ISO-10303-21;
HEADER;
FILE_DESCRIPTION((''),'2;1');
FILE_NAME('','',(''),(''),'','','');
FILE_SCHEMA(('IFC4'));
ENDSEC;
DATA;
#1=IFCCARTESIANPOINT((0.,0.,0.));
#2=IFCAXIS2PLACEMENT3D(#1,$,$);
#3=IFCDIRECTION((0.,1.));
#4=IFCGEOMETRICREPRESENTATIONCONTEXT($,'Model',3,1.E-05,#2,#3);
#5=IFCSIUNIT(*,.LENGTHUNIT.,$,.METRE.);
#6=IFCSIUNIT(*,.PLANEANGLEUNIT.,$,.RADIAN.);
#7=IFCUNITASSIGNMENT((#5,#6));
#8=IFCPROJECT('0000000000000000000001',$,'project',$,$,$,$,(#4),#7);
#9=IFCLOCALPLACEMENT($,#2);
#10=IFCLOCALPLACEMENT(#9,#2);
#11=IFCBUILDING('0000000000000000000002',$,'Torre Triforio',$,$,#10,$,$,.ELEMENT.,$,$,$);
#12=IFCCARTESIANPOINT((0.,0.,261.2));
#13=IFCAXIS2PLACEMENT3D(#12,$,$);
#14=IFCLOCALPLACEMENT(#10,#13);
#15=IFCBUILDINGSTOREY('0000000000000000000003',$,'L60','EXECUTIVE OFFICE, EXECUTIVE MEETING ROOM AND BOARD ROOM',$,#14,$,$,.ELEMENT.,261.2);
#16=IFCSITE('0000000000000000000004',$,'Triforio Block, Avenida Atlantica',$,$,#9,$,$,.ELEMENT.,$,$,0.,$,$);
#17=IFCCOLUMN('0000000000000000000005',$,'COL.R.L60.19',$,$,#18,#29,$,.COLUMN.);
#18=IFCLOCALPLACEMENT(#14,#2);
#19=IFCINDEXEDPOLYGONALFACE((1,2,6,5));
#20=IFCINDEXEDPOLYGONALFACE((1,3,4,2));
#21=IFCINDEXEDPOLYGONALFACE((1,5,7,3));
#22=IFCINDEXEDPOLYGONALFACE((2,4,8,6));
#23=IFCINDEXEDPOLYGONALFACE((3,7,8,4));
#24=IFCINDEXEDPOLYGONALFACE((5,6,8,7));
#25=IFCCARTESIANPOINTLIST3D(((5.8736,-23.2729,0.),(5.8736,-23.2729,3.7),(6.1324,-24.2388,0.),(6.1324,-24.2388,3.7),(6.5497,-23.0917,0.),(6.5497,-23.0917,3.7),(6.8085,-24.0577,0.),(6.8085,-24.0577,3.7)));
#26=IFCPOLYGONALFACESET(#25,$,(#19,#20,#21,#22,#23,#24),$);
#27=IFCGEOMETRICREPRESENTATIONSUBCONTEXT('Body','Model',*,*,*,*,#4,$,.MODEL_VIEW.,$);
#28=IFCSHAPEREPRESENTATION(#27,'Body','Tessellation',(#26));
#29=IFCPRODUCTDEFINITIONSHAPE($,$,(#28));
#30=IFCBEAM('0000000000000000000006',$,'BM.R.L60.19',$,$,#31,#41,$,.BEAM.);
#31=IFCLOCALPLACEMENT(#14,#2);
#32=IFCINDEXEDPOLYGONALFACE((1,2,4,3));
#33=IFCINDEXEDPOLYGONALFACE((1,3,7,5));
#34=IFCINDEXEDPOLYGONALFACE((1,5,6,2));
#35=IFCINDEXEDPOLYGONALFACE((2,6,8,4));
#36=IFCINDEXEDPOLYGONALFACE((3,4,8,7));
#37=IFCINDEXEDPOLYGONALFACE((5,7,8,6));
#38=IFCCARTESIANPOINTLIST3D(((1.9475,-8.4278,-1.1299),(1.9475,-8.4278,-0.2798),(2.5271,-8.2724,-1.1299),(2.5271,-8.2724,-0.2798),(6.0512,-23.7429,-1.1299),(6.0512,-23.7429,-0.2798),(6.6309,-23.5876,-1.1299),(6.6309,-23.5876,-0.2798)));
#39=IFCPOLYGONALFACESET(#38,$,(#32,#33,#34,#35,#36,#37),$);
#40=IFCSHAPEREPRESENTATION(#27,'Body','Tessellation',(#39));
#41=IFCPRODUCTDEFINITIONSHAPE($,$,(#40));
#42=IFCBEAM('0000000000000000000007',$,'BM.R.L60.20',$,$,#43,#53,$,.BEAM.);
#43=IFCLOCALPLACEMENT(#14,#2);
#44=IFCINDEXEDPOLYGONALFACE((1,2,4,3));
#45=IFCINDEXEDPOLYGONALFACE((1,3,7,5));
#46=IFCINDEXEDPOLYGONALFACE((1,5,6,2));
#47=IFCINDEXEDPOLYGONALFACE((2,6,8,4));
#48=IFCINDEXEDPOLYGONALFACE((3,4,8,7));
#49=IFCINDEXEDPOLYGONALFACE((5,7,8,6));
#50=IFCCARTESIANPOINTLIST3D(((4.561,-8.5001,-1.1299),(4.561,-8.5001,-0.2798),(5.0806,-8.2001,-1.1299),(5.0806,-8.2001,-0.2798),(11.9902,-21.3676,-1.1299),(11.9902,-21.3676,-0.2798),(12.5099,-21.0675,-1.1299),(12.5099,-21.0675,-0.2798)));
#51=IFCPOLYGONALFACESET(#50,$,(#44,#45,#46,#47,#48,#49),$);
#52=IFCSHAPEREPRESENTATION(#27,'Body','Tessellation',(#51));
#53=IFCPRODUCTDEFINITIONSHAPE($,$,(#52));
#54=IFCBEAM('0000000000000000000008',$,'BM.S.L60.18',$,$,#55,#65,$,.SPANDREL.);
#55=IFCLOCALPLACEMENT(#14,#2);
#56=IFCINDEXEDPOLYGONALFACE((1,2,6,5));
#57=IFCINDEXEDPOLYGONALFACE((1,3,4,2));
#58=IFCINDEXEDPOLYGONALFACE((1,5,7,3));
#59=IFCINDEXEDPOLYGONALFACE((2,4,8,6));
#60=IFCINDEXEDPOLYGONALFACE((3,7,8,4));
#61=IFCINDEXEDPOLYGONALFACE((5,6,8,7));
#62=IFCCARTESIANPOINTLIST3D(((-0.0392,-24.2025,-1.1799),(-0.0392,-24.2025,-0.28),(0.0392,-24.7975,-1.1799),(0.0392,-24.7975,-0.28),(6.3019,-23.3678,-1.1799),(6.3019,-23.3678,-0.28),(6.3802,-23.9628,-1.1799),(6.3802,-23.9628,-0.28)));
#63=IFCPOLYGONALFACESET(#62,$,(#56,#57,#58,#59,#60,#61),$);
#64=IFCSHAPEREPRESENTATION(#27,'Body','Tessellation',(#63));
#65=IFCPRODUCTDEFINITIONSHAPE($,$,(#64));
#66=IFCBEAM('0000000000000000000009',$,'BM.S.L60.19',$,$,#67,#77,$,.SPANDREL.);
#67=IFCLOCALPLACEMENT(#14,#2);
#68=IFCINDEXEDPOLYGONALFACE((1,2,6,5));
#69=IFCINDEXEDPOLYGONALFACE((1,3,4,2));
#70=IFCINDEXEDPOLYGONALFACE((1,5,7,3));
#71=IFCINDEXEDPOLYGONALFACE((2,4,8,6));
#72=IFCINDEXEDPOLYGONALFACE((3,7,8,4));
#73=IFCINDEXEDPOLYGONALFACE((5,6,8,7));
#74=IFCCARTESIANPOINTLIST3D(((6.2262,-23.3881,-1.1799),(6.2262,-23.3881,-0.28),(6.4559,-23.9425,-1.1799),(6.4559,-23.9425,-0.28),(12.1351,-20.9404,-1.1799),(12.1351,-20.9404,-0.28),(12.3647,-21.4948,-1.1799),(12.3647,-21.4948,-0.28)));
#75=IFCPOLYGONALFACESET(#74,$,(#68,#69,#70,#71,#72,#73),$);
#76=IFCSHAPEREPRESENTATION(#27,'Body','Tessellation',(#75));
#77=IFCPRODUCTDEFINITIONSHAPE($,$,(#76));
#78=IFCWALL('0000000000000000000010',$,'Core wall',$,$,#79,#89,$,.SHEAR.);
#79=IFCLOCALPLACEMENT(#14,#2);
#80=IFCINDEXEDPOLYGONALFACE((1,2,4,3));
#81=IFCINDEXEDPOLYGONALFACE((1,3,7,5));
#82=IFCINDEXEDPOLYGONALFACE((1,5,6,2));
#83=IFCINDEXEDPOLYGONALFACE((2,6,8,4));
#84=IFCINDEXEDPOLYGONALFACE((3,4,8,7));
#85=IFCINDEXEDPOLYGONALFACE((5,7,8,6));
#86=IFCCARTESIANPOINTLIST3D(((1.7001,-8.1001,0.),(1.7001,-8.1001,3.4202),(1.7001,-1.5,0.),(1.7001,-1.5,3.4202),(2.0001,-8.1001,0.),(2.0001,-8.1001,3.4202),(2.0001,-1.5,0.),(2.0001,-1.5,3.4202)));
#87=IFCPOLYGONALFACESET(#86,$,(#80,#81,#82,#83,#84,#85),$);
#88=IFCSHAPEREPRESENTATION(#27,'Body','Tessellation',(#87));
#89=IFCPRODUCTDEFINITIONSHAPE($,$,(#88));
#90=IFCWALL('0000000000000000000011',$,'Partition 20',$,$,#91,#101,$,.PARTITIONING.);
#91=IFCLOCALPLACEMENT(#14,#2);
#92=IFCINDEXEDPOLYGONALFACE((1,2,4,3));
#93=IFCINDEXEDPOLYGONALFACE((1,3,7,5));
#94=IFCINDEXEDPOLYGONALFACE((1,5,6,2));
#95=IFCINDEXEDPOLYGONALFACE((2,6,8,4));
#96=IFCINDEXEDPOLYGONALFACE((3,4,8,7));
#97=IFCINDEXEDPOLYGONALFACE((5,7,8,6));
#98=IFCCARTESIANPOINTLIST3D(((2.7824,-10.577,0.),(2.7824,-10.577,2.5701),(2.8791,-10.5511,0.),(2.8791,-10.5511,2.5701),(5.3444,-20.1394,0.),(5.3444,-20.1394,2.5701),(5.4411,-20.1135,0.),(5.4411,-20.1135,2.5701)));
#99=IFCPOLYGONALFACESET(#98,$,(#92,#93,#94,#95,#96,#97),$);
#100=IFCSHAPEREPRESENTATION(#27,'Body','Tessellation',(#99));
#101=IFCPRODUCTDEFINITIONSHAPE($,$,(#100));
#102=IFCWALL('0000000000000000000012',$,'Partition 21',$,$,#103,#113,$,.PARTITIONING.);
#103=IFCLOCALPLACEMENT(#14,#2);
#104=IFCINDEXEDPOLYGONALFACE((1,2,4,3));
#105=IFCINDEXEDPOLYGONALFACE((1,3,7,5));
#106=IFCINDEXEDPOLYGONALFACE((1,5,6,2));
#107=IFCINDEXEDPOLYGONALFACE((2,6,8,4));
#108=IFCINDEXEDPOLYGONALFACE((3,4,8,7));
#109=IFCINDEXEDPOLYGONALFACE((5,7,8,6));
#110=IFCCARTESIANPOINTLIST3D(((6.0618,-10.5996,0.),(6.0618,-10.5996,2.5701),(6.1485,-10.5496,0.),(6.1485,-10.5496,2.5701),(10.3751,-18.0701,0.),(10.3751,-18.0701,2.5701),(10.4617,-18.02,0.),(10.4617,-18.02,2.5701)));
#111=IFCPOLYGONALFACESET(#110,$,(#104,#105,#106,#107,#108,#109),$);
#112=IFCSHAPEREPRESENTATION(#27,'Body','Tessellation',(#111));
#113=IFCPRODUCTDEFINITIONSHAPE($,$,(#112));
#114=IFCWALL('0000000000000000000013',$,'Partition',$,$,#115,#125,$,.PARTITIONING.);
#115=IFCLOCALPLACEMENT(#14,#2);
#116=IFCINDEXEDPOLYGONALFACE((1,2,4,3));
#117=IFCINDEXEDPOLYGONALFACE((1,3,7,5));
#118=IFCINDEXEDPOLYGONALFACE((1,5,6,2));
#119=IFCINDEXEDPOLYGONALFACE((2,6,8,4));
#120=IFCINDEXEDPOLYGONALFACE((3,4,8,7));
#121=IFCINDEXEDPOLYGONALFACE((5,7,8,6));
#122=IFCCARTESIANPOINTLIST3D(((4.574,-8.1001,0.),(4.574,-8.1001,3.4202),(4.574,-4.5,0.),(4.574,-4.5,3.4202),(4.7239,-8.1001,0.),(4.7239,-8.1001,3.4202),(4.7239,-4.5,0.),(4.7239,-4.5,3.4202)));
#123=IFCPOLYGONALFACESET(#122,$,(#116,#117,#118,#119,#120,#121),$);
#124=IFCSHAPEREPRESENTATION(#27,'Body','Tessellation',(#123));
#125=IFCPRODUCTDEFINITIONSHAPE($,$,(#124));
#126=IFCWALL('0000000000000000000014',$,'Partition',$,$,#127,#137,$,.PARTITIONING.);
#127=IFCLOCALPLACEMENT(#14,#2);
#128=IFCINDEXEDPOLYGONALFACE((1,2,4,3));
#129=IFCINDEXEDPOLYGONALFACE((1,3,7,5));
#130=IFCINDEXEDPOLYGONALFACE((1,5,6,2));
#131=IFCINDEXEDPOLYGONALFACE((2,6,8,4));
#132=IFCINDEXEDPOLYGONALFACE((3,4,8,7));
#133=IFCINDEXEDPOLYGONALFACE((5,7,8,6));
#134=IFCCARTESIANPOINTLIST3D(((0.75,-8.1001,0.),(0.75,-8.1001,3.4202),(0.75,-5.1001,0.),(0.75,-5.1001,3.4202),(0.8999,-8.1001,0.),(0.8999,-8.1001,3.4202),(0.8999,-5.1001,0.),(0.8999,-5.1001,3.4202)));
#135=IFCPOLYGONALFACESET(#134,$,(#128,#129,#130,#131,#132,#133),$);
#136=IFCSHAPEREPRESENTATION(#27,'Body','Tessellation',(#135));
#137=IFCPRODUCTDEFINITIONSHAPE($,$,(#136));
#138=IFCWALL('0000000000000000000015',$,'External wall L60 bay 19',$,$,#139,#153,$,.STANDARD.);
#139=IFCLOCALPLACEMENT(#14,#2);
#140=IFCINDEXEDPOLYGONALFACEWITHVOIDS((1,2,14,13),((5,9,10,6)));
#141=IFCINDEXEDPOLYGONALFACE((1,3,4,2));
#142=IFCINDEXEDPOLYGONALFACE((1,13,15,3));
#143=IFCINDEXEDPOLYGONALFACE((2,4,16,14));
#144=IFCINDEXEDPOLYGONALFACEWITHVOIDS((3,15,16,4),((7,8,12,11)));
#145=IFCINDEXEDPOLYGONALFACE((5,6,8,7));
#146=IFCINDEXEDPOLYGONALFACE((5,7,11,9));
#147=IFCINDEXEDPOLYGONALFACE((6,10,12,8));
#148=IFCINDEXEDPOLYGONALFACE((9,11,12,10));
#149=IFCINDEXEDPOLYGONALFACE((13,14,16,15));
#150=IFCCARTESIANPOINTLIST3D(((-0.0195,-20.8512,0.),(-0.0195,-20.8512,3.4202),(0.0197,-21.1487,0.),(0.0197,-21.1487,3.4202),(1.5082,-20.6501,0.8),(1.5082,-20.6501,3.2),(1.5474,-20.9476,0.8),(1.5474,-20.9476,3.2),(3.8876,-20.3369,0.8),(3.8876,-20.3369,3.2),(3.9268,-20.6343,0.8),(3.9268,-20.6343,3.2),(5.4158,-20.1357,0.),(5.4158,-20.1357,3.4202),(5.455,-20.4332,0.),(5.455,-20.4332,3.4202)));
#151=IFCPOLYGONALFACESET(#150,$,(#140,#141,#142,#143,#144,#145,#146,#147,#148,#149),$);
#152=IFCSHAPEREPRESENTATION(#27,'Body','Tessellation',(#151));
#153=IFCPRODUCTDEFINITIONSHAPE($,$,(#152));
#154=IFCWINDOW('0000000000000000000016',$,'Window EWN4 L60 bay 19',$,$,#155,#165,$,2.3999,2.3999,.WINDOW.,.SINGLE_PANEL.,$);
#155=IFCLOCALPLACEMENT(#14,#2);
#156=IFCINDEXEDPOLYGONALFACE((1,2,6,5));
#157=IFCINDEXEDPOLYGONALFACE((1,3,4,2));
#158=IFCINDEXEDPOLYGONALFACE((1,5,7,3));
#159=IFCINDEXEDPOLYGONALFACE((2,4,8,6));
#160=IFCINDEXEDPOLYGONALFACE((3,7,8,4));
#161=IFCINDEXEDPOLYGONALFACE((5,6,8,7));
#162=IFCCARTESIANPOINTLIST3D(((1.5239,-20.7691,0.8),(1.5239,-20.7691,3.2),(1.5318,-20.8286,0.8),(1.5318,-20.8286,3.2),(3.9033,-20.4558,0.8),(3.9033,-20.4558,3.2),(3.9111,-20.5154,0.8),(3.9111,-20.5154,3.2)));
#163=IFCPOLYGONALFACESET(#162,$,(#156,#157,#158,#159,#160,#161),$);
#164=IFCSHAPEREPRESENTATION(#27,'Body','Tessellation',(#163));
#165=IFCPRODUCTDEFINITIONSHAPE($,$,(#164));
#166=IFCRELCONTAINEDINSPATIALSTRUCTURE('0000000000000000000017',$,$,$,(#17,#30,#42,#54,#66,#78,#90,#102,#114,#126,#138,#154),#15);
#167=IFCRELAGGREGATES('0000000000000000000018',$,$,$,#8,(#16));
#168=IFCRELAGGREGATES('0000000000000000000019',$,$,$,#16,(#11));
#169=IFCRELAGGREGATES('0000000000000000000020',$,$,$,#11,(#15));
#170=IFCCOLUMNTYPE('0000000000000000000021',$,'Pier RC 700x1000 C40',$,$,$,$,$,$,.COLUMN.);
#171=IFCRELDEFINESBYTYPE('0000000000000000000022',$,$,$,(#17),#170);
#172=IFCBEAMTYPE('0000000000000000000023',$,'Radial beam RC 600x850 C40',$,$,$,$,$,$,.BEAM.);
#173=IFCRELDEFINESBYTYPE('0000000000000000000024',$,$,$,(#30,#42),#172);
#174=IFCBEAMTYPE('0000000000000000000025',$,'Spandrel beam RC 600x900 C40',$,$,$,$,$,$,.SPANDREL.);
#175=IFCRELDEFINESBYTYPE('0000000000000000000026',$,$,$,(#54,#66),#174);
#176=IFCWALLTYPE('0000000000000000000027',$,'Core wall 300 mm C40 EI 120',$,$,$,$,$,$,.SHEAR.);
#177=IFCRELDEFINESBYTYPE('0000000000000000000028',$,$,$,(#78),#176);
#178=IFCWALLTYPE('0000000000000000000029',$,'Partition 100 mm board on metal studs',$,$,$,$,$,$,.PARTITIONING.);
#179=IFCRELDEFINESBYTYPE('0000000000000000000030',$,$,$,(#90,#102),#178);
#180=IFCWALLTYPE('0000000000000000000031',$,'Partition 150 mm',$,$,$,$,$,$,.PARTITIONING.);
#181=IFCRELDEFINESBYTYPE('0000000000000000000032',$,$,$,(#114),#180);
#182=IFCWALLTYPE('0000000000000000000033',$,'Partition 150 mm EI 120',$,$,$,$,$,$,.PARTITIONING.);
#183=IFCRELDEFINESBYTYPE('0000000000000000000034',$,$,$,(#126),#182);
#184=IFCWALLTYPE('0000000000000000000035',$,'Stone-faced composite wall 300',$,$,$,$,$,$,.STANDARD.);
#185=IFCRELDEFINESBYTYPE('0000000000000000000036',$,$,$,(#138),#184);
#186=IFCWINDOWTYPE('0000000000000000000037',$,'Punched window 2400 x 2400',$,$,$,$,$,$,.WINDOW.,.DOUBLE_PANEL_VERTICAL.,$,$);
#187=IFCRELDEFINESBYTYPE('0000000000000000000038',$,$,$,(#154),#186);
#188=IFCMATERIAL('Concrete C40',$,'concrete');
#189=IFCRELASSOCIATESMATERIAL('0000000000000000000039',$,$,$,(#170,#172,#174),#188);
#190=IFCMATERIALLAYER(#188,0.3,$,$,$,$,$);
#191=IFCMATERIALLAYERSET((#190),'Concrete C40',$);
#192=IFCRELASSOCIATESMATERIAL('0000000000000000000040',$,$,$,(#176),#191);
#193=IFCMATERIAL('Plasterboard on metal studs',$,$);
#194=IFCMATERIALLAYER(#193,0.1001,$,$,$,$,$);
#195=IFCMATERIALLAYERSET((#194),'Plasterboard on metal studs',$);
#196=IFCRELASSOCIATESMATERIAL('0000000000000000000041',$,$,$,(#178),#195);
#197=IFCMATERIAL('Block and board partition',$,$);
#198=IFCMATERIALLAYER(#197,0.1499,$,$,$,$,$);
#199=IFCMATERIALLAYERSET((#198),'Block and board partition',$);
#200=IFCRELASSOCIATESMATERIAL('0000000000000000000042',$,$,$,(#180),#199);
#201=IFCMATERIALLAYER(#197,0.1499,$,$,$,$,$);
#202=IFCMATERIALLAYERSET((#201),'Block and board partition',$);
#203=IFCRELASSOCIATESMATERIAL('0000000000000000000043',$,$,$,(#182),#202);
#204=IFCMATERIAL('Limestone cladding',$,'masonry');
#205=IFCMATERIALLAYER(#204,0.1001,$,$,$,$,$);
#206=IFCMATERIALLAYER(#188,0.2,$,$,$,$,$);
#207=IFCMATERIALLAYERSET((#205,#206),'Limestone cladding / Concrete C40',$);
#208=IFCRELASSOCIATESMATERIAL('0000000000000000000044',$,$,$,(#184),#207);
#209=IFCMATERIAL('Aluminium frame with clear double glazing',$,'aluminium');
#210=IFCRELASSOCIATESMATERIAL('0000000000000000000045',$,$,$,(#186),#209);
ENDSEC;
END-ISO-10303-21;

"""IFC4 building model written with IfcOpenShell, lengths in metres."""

from ifc_helpers import new_model, si_unit, direction, frame, frame_2d, origin, origin_2d, place, context, subcontext, project, spatial, rectangle, extrude, material, layer, layer_set, material_profile, profile_set, type_object, element, fill, save


model = new_model("IFC4")

# Units and contexts
model_context = context("Model", 3, precision=1e-05, world=origin(), true_north=direction((0.0, 1.0)))
body_context = subcontext(model_context, "Body", "Model", "MODEL_VIEW")
ifc_project = project(units=[si_unit("LENGTHUNIT", "METRE"), si_unit("PLANEANGLEUNIT", "RADIAN")], contexts=[model_context])

# Site, building, storey
site_placement = place(None, origin())
site = spatial("IfcSite", under=ifc_project, at=site_placement, Name="Triforio Block, Avenida Atlantica", CompositionType="ELEMENT", RefElevation=0.0)
building_placement = place(site_placement, origin())
building = spatial("IfcBuilding", under=site, at=building_placement, Name="Torre Triforio", CompositionType="ELEMENT")
storey_placement = place(building_placement, frame((0.0, 0.0, 261.2)))
storey = spatial("IfcBuildingStorey", under=building, at=storey_placement, Name="L60", Description="EXECUTIVE OFFICE, EXECUTIVE MEETING ROOM AND BOARD ROOM", CompositionType="ELEMENT", Elevation=261.2)

# Column
ifc_material_1 = material(Name="Concrete C40", Category="concrete")
ifc_material_profile_1 = material_profile(ifc_material_1, rectangle(XDim=0.7, YDim=1.0, at=origin_2d()), Name="RC 700x1000")
ifc_profile_set_1 = profile_set([ifc_material_profile_1], Name="Concrete C40")
column_type = type_object("IfcColumnType", Name="Pier RC 700x1000 C40", PredefinedType="COLUMN", material=ifc_profile_set_1)
column_placement = place(storey_placement, frame((6.3411, -23.6653, 0.0), z_axis=(0.0, 0.0, 1.0), x_axis=(0.965926, 0.258819, 0.0)))
element("IfcColumn", 1, at=column_placement, inside=storey, type_object=column_type, Name="COL.R.L60.19", PredefinedType="COLUMN", context=body_context, shape_type="SweptSolid", body=[
    extrude(rectangle(XDim=0.7, YDim=1.0, at=origin_2d()), origin(), (0.0, 0.0, 1.0), 3.7),
])

# Beams
ifc_material_profile_2 = material_profile(ifc_material_1, rectangle(XDim=0.6001, YDim=0.8501, at=origin_2d()), Name="RC 600x850")
ifc_profile_set_2 = profile_set([ifc_material_profile_2], Name="Concrete C40")
beam_type_1 = type_object("IfcBeamType", Name="Radial beam RC 600x850 C40", PredefinedType="BEAM", material=ifc_profile_set_2)
beam_1_placement = place(storey_placement, frame((2.2373, -8.3501, -0.7048), z_axis=(0.258823, -0.965925, 0.0), x_axis=(0.965925, 0.258823, 0.0)))
element("IfcBeam", 2, at=beam_1_placement, inside=storey, type_object=beam_type_1, Name="BM.R.L60.19", PredefinedType="BEAM", context=body_context, shape_type="SweptSolid", body=[
    extrude(rectangle(XDim=0.6001, YDim=0.8501, at=origin_2d()), origin(), (0.0, 0.0, 1.0), 15.8555),
])
beam_2_placement = place(storey_placement, frame((4.8208, -8.3501, -0.7048), z_axis=(0.500009, -0.86602, 0.0), x_axis=(0.86602, 0.500009, 0.0)))
element("IfcBeam", 3, at=beam_2_placement, inside=storey, type_object=beam_type_1, Name="BM.R.L60.20", PredefinedType="BEAM", context=body_context, shape_type="SweptSolid", body=[
    extrude(rectangle(XDim=0.6001, YDim=0.8501, at=origin_2d()), origin(), (0.0, 0.0, 1.0), 14.8582),
])
ifc_material_profile_3 = material_profile(ifc_material_1, rectangle(XDim=0.6001, YDim=0.8999, at=origin_2d()), Name="RC 600x900")
ifc_profile_set_3 = profile_set([ifc_material_profile_3], Name="Concrete C40")
beam_type_2 = type_object("IfcBeamType", Name="Spandrel beam RC 600x900 C40", PredefinedType="SPANDREL", material=ifc_profile_set_3)
for number, where, z_axis, x_axis, name in (
    (4, (0.0, -24.5, -0.73), (0.991447, 0.130511, 0.0), (-0.130511, 0.991447, 0.0), "BM.S.L60.18"),
    (5, (6.3411, -23.6653, -0.73), (0.923869, 0.382709, 0.0), (-0.382709, 0.923869, 0.0), "BM.S.L60.19"),
):
    element("IfcBeam", number, at=place(storey_placement, frame(where, z_axis=z_axis, x_axis=x_axis)), inside=storey, type_object=beam_type_2, Name=name, PredefinedType="SPANDREL", context=body_context, shape_type="SweptSolid", body=[
        extrude(rectangle(XDim=0.6001, YDim=0.8999, at=origin_2d()), origin(), (0.0, 0.0, 1.0), 6.3958),
    ])

# Walls
ifc_layer_1 = layer(ifc_material_1, 0.3)
ifc_layer_set_1 = layer_set([ifc_layer_1], Name="Concrete C40")
wall_type_1 = type_object("IfcWallType", Name="Core wall 300 mm C40 EI 120", PredefinedType="SHEAR", material=ifc_layer_set_1)
wall_1_placement = place(storey_placement, frame((1.8501, -8.1001, 0.0), z_axis=(0.0, 0.0, 1.0), x_axis=(0.0, 1.0, 0.0)))
element("IfcWall", 6, at=wall_1_placement, inside=storey, type_object=wall_type_1, Name="Core wall", PredefinedType="SHEAR", context=body_context, shape_type="SweptSolid", body=[
    extrude(rectangle(XDim=6.6001, YDim=0.3, at=frame_2d((3.3, 0.0))), origin(), (0.0, 0.0, 1.0), 3.4202),
])
ifc_material_2 = material(Name="Plasterboard on metal studs")
ifc_layer_2 = layer(ifc_material_2, 0.1001)
ifc_layer_set_2 = layer_set([ifc_layer_2], Name="Plasterboard on metal studs")
wall_type_2 = type_object("IfcWallType", Name="Partition 100 mm board on metal studs", PredefinedType="PARTITIONING", material=ifc_layer_set_2)
wall_2_placement = place(storey_placement, frame((2.8308, -10.5642, 0.0), z_axis=(0.0, 0.0, 1.0), x_axis=(0.258795, -0.965932, 0.0)))
element("IfcWall", 7, at=wall_2_placement, inside=storey, type_object=wall_type_2, Name="Partition 20", PredefinedType="PARTITIONING", context=body_context, shape_type="SweptSolid", body=[
    extrude(rectangle(XDim=9.8997, YDim=0.1001, at=frame_2d((4.9497, 0.0))), origin(), (0.0, 0.0, 1.0), 2.5701),
])
wall_3_placement = place(storey_placement, frame((6.1052, -10.5747, 0.0), z_axis=(0.0, 0.0, 1.0), x_axis=(0.500014, -0.866017, 0.0)))
element("IfcWall", 8, at=wall_3_placement, inside=storey, type_object=wall_type_2, Name="Partition 21", PredefinedType="PARTITIONING", context=body_context, shape_type="SweptSolid", body=[
    extrude(rectangle(XDim=8.6262, YDim=0.1001, at=frame_2d((4.313, 0.0))), origin(), (0.0, 0.0, 1.0), 2.5701),
])
ifc_material_3 = material(Name="Block and board partition")
ifc_layer_3 = layer(ifc_material_3, 0.1499)
ifc_layer_set_3 = layer_set([ifc_layer_3], Name="Block and board partition")
wall_type_3 = type_object("IfcWallType", Name="Partition 150 mm", PredefinedType="PARTITIONING", material=ifc_layer_set_3)
wall_4_placement = place(storey_placement, frame((4.6489, -8.1001, 0.0), z_axis=(0.0, 0.0, 1.0), x_axis=(0.0, 1.0, 0.0)))
element("IfcWall", 9, at=wall_4_placement, inside=storey, type_object=wall_type_3, Name="Partition", PredefinedType="PARTITIONING", context=body_context, shape_type="SweptSolid", body=[
    extrude(rectangle(XDim=3.6001, YDim=0.1499, at=frame_2d((1.8, 0.0))), origin(), (0.0, 0.0, 1.0), 3.4202),
])
ifc_layer_4 = layer(ifc_material_3, 0.1499)
ifc_layer_set_4 = layer_set([ifc_layer_4], Name="Block and board partition")
wall_type_4 = type_object("IfcWallType", Name="Partition 150 mm EI 120", PredefinedType="PARTITIONING", material=ifc_layer_set_4)
wall_5_placement = place(storey_placement, frame((0.825, -8.1001, 0.0), z_axis=(0.0, 0.0, 1.0), x_axis=(0.0, 1.0, 0.0)))
element("IfcWall", 10, at=wall_5_placement, inside=storey, type_object=wall_type_4, Name="Partition", PredefinedType="PARTITIONING", context=body_context, shape_type="SweptSolid", body=[
    extrude(rectangle(XDim=3.0, YDim=0.1499, at=frame_2d((1.5, 0.0))), origin(), (0.0, 0.0, 1.0), 3.4202),
])

# Wall, opening, window
ifc_material_4 = material(Name="Limestone cladding", Category="masonry")
ifc_layer_5 = layer(ifc_material_4, 0.1001)
ifc_layer_6 = layer(ifc_material_1, 0.2)
ifc_layer_set_5 = layer_set([ifc_layer_5, ifc_layer_6], Name="Limestone cladding / Concrete C40")
wall_type_5 = type_object("IfcWallType", Name="Stone-faced composite wall 300", PredefinedType="STANDARD", material=ifc_layer_set_5)
wall_6_placement = place(storey_placement, frame((0.0, -21.0, 0.0), z_axis=(0.0, 0.0, 1.0), x_axis=(0.991445, 0.130527, 0.0)))
wall_6 = element("IfcWall", 11, at=wall_6_placement, inside=storey, type_object=wall_type_5, Name="External wall L60 bay 19", PredefinedType="STANDARD", context=body_context, shape_type="SweptSolid", body=[
    extrude(rectangle(XDim=5.4822, YDim=0.3, at=frame_2d((2.7412, 0.0))), origin(), (0.0, 0.0, 1.0), 3.4202),
])
opening_1_placement = place(wall_6_placement, frame((1.541, 0.0, 0.8)))
opening_1 = element("IfcOpeningElement", 12, at=opening_1_placement, cuts=wall_6, PredefinedType="OPENING", context=body_context, shape_type="SweptSolid", body=[
    extrude(rectangle(XDim=2.3999, YDim=2.3999, at=frame_2d((1.2, 1.2))), frame((0.0, 0.1599, 0.0), z_axis=(0.0, -1.0, 0.0), x_axis=(1.0, 0.0, 0.0)), (0.0, 0.0, 1.0), 0.3201),
])
ifc_material_5 = material(Name="Aluminium frame with clear double glazing", Category="aluminium")
window_type_1 = type_object("IfcWindowType", Name="Punched window 2400 x 2400", PartitioningType="DOUBLE_PANEL_VERTICAL", PredefinedType="WINDOW", material=ifc_material_5)
window_1_placement = place(opening_1_placement, origin())
window_1 = element("IfcWindow", 13, at=window_1_placement, inside=storey, type_object=window_type_1, Name="Window EWN4 L60 bay 19", OverallHeight=2.3999, OverallWidth=2.3999, PartitioningType="SINGLE_PANEL", PredefinedType="WINDOW", context=body_context, shape_type="SweptSolid", body=[
    extrude(rectangle(XDim=2.3999, YDim=2.3999, at=frame_2d((1.2, 1.2))), frame((0.0, 0.03, 0.0), z_axis=(0.0, -1.0, 0.0), x_axis=(1.0, 0.0, 0.0)), (0.0, 0.0, 1.0), 0.0601),
])
fill(opening_1, window_1)

save(model, "model.ifc")
